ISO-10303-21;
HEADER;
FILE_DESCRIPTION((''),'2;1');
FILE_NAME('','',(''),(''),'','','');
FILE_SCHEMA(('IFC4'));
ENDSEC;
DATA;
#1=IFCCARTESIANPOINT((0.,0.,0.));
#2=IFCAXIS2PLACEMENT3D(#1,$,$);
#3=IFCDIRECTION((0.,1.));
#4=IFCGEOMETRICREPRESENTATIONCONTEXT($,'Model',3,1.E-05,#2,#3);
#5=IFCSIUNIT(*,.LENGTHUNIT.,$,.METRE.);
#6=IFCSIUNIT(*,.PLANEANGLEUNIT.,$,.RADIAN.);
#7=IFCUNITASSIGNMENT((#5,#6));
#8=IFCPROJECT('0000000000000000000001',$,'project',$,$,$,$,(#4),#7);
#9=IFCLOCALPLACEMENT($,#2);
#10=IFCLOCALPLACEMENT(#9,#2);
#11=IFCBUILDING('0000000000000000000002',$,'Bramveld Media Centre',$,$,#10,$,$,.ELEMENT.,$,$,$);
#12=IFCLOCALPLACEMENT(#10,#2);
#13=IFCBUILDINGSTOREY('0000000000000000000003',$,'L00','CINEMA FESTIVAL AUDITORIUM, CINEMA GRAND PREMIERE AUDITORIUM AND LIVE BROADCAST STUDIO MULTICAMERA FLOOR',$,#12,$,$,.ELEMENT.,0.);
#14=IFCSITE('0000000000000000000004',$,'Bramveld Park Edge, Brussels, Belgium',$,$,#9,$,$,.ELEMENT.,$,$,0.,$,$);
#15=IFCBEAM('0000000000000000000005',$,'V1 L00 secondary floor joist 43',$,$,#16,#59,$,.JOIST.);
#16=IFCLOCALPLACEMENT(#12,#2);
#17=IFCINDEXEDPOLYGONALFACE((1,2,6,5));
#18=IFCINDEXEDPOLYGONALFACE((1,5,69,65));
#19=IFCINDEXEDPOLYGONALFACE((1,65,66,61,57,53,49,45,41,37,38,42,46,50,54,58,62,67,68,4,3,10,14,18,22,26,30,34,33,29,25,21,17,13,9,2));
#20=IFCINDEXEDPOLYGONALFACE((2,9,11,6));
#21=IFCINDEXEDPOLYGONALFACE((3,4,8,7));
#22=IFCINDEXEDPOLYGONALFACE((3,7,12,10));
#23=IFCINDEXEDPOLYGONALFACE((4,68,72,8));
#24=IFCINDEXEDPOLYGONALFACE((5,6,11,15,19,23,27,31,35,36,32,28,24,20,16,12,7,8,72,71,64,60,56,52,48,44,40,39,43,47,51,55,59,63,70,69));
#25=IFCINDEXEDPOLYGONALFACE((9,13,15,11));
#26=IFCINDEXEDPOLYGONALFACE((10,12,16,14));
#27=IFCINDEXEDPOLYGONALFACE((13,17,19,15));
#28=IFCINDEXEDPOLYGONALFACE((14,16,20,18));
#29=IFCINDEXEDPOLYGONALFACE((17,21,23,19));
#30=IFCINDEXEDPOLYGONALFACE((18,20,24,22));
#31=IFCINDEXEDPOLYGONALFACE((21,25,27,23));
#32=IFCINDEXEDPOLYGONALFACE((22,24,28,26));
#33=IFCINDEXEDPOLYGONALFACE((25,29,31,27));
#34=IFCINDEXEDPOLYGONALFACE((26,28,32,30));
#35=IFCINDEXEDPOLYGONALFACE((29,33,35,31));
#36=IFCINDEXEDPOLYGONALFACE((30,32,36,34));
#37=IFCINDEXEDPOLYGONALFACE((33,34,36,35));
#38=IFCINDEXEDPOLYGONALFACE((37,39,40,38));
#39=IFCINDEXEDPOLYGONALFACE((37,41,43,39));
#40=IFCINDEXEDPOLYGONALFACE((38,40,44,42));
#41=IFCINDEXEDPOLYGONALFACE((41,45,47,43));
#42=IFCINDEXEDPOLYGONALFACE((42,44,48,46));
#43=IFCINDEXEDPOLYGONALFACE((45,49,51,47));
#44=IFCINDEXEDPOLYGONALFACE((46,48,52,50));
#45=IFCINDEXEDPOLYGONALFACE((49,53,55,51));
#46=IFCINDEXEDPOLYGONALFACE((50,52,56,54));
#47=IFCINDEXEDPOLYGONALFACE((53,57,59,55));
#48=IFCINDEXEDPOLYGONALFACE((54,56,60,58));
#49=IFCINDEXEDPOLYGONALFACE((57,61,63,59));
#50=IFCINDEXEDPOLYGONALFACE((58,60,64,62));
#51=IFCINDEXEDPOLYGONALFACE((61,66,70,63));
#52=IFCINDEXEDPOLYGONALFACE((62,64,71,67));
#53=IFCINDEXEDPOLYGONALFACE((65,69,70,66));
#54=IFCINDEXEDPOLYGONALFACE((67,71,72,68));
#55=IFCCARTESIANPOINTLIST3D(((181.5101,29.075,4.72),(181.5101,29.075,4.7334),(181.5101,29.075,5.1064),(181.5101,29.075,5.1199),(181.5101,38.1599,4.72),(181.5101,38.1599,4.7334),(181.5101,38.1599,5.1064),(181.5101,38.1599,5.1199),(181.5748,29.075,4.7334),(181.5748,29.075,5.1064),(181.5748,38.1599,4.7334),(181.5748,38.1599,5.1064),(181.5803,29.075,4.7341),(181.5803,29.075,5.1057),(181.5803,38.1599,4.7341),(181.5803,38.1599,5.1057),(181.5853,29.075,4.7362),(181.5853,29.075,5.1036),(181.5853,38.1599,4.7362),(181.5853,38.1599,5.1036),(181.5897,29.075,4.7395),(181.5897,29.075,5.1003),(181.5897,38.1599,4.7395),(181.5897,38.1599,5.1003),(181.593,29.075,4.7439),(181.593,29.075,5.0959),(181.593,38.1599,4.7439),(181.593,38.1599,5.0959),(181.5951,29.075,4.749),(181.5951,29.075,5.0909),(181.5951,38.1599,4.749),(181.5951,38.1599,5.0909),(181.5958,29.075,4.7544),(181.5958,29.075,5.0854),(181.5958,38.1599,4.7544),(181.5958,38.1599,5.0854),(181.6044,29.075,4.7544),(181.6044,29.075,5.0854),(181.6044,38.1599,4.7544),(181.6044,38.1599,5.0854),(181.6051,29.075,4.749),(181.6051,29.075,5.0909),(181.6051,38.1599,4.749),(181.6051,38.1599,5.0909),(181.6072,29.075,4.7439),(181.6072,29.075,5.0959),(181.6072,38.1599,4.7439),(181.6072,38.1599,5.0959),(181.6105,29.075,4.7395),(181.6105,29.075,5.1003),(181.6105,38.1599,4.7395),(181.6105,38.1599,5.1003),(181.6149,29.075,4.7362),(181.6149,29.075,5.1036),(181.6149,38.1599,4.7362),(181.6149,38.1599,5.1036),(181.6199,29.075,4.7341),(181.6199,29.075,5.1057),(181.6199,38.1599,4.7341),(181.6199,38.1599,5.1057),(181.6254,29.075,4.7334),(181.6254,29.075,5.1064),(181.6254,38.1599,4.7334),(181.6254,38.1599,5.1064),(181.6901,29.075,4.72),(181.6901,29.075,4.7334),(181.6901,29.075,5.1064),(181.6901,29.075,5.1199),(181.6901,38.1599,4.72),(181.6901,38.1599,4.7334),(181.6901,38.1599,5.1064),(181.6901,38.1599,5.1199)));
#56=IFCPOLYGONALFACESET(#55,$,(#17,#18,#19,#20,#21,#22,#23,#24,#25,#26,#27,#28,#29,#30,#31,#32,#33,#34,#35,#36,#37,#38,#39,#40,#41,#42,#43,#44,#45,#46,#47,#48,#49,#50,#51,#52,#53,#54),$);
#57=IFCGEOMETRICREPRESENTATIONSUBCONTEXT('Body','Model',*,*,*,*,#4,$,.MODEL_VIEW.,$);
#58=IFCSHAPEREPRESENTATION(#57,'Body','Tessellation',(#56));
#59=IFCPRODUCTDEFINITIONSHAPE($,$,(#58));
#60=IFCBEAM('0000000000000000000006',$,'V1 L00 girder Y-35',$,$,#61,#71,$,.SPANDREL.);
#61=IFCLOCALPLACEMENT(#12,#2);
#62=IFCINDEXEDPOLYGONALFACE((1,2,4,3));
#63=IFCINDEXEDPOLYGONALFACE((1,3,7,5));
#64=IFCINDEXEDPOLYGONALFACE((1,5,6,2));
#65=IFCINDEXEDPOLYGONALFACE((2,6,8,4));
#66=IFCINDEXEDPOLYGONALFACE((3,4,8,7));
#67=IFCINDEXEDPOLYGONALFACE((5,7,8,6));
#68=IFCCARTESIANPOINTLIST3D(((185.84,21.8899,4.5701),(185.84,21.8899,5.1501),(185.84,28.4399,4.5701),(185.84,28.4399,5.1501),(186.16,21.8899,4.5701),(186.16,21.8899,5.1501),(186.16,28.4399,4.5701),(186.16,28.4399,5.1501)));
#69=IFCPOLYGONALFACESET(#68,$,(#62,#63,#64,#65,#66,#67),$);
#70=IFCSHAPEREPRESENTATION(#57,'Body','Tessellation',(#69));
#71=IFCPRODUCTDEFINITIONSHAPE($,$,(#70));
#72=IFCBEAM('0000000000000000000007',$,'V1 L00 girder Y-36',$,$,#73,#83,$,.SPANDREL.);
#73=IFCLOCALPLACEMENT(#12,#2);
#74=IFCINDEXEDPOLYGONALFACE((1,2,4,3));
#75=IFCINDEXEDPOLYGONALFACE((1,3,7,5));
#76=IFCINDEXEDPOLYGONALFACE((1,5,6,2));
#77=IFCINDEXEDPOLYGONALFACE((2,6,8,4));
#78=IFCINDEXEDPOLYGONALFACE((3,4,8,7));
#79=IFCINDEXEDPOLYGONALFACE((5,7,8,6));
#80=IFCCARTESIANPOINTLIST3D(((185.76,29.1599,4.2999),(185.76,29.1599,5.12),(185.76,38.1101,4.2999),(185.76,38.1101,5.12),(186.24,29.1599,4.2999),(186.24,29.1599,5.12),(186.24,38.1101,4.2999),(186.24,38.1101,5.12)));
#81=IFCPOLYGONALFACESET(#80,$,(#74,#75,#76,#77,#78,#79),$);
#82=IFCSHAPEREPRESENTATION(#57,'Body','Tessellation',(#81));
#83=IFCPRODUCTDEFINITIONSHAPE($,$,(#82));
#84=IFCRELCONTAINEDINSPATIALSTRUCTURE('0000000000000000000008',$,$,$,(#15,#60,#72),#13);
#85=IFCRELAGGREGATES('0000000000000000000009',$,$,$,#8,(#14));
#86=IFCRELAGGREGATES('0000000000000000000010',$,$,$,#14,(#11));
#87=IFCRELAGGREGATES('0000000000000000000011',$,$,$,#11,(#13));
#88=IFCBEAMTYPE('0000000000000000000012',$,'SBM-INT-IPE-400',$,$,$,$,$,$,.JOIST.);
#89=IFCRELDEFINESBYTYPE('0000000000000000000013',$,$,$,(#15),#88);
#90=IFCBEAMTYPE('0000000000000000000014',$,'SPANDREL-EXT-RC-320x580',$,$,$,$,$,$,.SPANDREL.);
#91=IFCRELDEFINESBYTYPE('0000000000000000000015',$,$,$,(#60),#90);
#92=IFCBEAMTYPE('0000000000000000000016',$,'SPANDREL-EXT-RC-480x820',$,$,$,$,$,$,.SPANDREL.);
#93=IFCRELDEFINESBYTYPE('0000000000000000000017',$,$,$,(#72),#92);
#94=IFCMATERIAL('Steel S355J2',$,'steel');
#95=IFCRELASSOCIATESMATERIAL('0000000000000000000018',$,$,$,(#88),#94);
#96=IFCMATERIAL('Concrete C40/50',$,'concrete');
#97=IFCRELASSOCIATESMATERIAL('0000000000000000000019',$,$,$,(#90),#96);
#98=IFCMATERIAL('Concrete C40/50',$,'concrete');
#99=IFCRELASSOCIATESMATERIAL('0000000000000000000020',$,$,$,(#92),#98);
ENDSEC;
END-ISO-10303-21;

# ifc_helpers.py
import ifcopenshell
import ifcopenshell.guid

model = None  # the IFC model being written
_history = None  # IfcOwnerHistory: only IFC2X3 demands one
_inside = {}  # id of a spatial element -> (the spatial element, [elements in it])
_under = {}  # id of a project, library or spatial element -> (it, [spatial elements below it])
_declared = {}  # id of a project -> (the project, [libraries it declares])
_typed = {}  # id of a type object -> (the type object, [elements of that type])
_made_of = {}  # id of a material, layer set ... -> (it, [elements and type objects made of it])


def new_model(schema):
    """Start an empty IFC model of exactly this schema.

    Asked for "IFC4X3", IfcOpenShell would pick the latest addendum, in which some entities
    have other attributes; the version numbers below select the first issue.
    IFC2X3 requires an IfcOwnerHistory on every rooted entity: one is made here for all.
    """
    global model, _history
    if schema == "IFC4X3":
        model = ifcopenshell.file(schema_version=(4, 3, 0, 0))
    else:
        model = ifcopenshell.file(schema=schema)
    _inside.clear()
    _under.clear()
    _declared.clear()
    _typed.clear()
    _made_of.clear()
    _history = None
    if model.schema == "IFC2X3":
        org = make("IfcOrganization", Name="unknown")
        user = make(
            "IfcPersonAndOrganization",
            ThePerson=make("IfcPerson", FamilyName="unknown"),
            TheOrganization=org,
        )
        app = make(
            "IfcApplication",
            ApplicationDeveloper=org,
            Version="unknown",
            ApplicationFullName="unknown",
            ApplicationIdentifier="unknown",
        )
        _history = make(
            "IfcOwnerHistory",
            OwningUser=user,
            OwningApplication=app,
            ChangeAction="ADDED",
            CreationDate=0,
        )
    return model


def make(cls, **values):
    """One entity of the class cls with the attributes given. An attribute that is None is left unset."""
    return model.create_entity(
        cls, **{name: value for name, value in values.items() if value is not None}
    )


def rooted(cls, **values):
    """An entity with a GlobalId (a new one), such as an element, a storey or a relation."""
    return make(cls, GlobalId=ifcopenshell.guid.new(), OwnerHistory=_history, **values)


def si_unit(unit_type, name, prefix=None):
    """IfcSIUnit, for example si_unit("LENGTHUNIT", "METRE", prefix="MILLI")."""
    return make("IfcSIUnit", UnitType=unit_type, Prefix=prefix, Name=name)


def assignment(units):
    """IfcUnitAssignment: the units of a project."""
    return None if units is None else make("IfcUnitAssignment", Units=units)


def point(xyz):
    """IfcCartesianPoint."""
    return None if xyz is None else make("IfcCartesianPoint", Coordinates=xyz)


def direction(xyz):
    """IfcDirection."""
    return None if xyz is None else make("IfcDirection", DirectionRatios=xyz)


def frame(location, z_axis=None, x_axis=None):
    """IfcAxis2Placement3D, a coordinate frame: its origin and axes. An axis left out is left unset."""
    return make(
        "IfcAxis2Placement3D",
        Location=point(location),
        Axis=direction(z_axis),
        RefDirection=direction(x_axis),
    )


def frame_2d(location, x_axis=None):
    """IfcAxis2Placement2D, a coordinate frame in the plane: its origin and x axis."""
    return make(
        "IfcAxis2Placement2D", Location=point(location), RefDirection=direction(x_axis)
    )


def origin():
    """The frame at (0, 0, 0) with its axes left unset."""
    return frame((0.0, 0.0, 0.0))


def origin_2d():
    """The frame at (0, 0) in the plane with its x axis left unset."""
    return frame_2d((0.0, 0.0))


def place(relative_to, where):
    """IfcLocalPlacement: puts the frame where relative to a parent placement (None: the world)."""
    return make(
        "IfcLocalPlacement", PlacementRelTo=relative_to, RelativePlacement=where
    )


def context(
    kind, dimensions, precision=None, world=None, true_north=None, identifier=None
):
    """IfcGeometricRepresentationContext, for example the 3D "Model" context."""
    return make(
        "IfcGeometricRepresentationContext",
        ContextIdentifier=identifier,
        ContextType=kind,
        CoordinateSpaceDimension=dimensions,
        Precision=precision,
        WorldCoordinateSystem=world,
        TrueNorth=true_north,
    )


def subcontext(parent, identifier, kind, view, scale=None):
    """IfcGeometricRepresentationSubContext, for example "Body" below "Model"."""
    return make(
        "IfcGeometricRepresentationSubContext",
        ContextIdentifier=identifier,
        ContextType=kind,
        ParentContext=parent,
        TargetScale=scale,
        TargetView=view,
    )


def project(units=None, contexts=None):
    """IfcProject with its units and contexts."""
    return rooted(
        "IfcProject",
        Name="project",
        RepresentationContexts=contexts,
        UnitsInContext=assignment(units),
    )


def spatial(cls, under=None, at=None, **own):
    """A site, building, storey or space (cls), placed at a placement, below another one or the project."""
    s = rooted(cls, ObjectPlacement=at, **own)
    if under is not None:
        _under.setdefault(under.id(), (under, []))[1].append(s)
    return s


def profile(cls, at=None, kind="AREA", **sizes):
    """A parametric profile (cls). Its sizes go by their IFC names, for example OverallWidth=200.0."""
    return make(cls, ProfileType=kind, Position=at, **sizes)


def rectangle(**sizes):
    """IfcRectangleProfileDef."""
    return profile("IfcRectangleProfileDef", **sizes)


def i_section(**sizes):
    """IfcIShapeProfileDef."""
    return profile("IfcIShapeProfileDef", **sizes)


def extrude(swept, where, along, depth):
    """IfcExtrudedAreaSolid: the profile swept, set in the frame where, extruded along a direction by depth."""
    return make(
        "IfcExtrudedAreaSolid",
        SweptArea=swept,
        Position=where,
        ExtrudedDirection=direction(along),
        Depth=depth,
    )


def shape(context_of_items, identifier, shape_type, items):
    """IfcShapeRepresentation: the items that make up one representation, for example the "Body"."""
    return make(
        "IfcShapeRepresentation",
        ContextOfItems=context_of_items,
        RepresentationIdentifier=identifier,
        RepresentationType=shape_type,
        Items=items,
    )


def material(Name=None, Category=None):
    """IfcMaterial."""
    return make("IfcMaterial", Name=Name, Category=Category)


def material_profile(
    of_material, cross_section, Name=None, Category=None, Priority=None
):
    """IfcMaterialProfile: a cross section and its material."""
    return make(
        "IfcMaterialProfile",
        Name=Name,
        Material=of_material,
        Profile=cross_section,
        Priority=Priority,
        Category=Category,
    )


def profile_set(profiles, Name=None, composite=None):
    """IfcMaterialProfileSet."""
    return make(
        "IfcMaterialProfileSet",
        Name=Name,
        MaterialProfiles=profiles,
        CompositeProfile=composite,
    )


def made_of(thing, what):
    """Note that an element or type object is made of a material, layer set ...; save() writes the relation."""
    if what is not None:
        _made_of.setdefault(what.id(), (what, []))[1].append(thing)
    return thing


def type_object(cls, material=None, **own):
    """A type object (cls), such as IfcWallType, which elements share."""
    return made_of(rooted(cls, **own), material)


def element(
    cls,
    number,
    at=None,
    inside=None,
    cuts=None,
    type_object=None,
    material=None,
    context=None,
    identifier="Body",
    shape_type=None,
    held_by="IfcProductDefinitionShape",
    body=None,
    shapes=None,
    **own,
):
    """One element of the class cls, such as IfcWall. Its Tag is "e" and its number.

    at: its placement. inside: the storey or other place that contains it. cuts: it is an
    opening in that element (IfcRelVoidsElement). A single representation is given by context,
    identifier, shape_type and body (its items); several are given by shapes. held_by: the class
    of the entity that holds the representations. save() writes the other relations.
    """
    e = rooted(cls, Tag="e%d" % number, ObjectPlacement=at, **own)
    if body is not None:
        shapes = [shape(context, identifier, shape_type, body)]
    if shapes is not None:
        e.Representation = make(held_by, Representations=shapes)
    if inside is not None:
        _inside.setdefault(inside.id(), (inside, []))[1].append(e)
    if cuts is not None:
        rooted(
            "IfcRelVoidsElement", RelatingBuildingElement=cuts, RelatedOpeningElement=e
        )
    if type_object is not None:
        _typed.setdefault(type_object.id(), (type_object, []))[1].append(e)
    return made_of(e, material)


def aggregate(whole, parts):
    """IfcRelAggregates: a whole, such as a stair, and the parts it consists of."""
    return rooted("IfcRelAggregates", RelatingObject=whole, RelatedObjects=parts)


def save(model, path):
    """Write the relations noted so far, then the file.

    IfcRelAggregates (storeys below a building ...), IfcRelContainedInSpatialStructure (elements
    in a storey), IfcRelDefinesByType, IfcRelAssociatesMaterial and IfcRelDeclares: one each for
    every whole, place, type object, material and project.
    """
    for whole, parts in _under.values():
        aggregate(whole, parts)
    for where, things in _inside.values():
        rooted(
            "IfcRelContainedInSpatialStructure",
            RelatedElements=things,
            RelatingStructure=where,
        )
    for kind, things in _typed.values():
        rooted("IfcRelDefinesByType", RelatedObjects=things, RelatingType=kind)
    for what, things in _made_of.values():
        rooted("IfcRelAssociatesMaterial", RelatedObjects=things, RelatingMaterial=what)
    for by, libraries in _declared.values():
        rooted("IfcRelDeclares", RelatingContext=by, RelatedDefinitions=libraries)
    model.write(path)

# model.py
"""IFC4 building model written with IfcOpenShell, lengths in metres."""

from ifc_helpers import new_model, si_unit, direction, frame, origin, origin_2d, place, context, subcontext, project, spatial, rectangle, i_section, extrude, material, material_profile, profile_set, type_object, element, save


model = new_model("IFC4")

# Units and contexts
model_context = context("Model", 3, precision=1e-05, world=origin(), true_north=direction((0.0, 1.0)))
body_context = subcontext(model_context, "Body", "Model", "MODEL_VIEW")
ifc_project = project(units=[si_unit("LENGTHUNIT", "METRE"), si_unit("PLANEANGLEUNIT", "RADIAN")], contexts=[model_context])

# Site, building, storey
site_placement = place(None, origin())
site = spatial("IfcSite", under=ifc_project, at=site_placement, Name="Bramveld Park Edge, Brussels, Belgium", CompositionType="ELEMENT", RefElevation=0.0)
building_placement = place(site_placement, origin())
building = spatial("IfcBuilding", under=site, at=building_placement, Name="Bramveld Media Centre", CompositionType="ELEMENT")
storey_placement = place(building_placement, origin())
storey = spatial("IfcBuildingStorey", under=building, at=storey_placement, Name="L00", Description="CINEMA FESTIVAL AUDITORIUM, CINEMA GRAND PREMIERE AUDITORIUM AND LIVE BROADCAST STUDIO MULTICAMERA FLOOR", CompositionType="ELEMENT", Elevation=0.0)

# Beams
ifc_material_1 = material(Name="Steel S355J2", Category="steel")
ifc_material_profile_1 = material_profile(ifc_material_1, i_section(OverallWidth=0.1799, OverallDepth=0.3999, WebThickness=0.0085, FlangeThickness=0.0134, FilletRadius=0.021, at=origin_2d()), Name="IPE 400")
ifc_profile_set_1 = profile_set([ifc_material_profile_1], Name="Steel S355J2")
beam_type_1 = type_object("IfcBeamType", Name="SBM-INT-IPE-400", PredefinedType="JOIST", material=ifc_profile_set_1)
beam_1_placement = place(storey_placement, frame((181.6001, 29.075, 4.9199), z_axis=(0.0, 1.0, 0.0), x_axis=(-1.0, 0.0, 0.0)))
element("IfcBeam", 1, at=beam_1_placement, inside=storey, type_object=beam_type_1, Name="V1 L00 secondary floor joist 43", PredefinedType="JOIST", context=body_context, shape_type="SweptSolid", body=[
    extrude(i_section(OverallWidth=0.1799, OverallDepth=0.3999, WebThickness=0.0085, FlangeThickness=0.0134, FilletRadius=0.021, at=origin_2d()), origin(), (0.0, 0.0, 1.0), 9.085),
])
ifc_material_2 = material(Name="Concrete C40/50", Category="concrete")
ifc_material_profile_2 = material_profile(ifc_material_2, rectangle(XDim=0.3201, YDim=0.5801, at=origin_2d()), Name="RC 320x580")
ifc_profile_set_2 = profile_set([ifc_material_profile_2], Name="Concrete C40/50")
beam_type_2 = type_object("IfcBeamType", Name="SPANDREL-EXT-RC-320x580", PredefinedType="SPANDREL", material=ifc_profile_set_2)
beam_2_placement = place(storey_placement, frame((186.0, 21.8899, 4.8601), z_axis=(0.0, 1.0, 0.0), x_axis=(-1.0, 0.0, 0.0)))
element("IfcBeam", 2, at=beam_2_placement, inside=storey, type_object=beam_type_2, Name="V1 L00 girder Y-35", PredefinedType="SPANDREL", context=body_context, shape_type="SweptSolid", body=[
    extrude(rectangle(XDim=0.3201, YDim=0.5801, at=origin_2d()), origin(), (0.0, 0.0, 1.0), 6.55),
])
ifc_material_3 = material(Name="Concrete C40/50", Category="concrete")
ifc_material_profile_3 = material_profile(ifc_material_3, rectangle(XDim=0.48, YDim=0.8201, at=origin_2d()), Name="RC 480x820")
ifc_profile_set_3 = profile_set([ifc_material_profile_3], Name="Concrete C40/50")
beam_type_3 = type_object("IfcBeamType", Name="SPANDREL-EXT-RC-480x820", PredefinedType="SPANDREL", material=ifc_profile_set_3)
beam_3_placement = place(storey_placement, frame((186.0, 29.1599, 4.71), z_axis=(0.0, 1.0, 0.0), x_axis=(-1.0, 0.0, 0.0)))
element("IfcBeam", 3, at=beam_3_placement, inside=storey, type_object=beam_type_3, Name="V1 L00 girder Y-36", PredefinedType="SPANDREL", context=body_context, shape_type="SweptSolid", body=[
    extrude(rectangle(XDim=0.48, YDim=0.8201, at=origin_2d()), origin(), (0.0, 0.0, 1.0), 8.9502),
])

save(model, "model.ifc")
